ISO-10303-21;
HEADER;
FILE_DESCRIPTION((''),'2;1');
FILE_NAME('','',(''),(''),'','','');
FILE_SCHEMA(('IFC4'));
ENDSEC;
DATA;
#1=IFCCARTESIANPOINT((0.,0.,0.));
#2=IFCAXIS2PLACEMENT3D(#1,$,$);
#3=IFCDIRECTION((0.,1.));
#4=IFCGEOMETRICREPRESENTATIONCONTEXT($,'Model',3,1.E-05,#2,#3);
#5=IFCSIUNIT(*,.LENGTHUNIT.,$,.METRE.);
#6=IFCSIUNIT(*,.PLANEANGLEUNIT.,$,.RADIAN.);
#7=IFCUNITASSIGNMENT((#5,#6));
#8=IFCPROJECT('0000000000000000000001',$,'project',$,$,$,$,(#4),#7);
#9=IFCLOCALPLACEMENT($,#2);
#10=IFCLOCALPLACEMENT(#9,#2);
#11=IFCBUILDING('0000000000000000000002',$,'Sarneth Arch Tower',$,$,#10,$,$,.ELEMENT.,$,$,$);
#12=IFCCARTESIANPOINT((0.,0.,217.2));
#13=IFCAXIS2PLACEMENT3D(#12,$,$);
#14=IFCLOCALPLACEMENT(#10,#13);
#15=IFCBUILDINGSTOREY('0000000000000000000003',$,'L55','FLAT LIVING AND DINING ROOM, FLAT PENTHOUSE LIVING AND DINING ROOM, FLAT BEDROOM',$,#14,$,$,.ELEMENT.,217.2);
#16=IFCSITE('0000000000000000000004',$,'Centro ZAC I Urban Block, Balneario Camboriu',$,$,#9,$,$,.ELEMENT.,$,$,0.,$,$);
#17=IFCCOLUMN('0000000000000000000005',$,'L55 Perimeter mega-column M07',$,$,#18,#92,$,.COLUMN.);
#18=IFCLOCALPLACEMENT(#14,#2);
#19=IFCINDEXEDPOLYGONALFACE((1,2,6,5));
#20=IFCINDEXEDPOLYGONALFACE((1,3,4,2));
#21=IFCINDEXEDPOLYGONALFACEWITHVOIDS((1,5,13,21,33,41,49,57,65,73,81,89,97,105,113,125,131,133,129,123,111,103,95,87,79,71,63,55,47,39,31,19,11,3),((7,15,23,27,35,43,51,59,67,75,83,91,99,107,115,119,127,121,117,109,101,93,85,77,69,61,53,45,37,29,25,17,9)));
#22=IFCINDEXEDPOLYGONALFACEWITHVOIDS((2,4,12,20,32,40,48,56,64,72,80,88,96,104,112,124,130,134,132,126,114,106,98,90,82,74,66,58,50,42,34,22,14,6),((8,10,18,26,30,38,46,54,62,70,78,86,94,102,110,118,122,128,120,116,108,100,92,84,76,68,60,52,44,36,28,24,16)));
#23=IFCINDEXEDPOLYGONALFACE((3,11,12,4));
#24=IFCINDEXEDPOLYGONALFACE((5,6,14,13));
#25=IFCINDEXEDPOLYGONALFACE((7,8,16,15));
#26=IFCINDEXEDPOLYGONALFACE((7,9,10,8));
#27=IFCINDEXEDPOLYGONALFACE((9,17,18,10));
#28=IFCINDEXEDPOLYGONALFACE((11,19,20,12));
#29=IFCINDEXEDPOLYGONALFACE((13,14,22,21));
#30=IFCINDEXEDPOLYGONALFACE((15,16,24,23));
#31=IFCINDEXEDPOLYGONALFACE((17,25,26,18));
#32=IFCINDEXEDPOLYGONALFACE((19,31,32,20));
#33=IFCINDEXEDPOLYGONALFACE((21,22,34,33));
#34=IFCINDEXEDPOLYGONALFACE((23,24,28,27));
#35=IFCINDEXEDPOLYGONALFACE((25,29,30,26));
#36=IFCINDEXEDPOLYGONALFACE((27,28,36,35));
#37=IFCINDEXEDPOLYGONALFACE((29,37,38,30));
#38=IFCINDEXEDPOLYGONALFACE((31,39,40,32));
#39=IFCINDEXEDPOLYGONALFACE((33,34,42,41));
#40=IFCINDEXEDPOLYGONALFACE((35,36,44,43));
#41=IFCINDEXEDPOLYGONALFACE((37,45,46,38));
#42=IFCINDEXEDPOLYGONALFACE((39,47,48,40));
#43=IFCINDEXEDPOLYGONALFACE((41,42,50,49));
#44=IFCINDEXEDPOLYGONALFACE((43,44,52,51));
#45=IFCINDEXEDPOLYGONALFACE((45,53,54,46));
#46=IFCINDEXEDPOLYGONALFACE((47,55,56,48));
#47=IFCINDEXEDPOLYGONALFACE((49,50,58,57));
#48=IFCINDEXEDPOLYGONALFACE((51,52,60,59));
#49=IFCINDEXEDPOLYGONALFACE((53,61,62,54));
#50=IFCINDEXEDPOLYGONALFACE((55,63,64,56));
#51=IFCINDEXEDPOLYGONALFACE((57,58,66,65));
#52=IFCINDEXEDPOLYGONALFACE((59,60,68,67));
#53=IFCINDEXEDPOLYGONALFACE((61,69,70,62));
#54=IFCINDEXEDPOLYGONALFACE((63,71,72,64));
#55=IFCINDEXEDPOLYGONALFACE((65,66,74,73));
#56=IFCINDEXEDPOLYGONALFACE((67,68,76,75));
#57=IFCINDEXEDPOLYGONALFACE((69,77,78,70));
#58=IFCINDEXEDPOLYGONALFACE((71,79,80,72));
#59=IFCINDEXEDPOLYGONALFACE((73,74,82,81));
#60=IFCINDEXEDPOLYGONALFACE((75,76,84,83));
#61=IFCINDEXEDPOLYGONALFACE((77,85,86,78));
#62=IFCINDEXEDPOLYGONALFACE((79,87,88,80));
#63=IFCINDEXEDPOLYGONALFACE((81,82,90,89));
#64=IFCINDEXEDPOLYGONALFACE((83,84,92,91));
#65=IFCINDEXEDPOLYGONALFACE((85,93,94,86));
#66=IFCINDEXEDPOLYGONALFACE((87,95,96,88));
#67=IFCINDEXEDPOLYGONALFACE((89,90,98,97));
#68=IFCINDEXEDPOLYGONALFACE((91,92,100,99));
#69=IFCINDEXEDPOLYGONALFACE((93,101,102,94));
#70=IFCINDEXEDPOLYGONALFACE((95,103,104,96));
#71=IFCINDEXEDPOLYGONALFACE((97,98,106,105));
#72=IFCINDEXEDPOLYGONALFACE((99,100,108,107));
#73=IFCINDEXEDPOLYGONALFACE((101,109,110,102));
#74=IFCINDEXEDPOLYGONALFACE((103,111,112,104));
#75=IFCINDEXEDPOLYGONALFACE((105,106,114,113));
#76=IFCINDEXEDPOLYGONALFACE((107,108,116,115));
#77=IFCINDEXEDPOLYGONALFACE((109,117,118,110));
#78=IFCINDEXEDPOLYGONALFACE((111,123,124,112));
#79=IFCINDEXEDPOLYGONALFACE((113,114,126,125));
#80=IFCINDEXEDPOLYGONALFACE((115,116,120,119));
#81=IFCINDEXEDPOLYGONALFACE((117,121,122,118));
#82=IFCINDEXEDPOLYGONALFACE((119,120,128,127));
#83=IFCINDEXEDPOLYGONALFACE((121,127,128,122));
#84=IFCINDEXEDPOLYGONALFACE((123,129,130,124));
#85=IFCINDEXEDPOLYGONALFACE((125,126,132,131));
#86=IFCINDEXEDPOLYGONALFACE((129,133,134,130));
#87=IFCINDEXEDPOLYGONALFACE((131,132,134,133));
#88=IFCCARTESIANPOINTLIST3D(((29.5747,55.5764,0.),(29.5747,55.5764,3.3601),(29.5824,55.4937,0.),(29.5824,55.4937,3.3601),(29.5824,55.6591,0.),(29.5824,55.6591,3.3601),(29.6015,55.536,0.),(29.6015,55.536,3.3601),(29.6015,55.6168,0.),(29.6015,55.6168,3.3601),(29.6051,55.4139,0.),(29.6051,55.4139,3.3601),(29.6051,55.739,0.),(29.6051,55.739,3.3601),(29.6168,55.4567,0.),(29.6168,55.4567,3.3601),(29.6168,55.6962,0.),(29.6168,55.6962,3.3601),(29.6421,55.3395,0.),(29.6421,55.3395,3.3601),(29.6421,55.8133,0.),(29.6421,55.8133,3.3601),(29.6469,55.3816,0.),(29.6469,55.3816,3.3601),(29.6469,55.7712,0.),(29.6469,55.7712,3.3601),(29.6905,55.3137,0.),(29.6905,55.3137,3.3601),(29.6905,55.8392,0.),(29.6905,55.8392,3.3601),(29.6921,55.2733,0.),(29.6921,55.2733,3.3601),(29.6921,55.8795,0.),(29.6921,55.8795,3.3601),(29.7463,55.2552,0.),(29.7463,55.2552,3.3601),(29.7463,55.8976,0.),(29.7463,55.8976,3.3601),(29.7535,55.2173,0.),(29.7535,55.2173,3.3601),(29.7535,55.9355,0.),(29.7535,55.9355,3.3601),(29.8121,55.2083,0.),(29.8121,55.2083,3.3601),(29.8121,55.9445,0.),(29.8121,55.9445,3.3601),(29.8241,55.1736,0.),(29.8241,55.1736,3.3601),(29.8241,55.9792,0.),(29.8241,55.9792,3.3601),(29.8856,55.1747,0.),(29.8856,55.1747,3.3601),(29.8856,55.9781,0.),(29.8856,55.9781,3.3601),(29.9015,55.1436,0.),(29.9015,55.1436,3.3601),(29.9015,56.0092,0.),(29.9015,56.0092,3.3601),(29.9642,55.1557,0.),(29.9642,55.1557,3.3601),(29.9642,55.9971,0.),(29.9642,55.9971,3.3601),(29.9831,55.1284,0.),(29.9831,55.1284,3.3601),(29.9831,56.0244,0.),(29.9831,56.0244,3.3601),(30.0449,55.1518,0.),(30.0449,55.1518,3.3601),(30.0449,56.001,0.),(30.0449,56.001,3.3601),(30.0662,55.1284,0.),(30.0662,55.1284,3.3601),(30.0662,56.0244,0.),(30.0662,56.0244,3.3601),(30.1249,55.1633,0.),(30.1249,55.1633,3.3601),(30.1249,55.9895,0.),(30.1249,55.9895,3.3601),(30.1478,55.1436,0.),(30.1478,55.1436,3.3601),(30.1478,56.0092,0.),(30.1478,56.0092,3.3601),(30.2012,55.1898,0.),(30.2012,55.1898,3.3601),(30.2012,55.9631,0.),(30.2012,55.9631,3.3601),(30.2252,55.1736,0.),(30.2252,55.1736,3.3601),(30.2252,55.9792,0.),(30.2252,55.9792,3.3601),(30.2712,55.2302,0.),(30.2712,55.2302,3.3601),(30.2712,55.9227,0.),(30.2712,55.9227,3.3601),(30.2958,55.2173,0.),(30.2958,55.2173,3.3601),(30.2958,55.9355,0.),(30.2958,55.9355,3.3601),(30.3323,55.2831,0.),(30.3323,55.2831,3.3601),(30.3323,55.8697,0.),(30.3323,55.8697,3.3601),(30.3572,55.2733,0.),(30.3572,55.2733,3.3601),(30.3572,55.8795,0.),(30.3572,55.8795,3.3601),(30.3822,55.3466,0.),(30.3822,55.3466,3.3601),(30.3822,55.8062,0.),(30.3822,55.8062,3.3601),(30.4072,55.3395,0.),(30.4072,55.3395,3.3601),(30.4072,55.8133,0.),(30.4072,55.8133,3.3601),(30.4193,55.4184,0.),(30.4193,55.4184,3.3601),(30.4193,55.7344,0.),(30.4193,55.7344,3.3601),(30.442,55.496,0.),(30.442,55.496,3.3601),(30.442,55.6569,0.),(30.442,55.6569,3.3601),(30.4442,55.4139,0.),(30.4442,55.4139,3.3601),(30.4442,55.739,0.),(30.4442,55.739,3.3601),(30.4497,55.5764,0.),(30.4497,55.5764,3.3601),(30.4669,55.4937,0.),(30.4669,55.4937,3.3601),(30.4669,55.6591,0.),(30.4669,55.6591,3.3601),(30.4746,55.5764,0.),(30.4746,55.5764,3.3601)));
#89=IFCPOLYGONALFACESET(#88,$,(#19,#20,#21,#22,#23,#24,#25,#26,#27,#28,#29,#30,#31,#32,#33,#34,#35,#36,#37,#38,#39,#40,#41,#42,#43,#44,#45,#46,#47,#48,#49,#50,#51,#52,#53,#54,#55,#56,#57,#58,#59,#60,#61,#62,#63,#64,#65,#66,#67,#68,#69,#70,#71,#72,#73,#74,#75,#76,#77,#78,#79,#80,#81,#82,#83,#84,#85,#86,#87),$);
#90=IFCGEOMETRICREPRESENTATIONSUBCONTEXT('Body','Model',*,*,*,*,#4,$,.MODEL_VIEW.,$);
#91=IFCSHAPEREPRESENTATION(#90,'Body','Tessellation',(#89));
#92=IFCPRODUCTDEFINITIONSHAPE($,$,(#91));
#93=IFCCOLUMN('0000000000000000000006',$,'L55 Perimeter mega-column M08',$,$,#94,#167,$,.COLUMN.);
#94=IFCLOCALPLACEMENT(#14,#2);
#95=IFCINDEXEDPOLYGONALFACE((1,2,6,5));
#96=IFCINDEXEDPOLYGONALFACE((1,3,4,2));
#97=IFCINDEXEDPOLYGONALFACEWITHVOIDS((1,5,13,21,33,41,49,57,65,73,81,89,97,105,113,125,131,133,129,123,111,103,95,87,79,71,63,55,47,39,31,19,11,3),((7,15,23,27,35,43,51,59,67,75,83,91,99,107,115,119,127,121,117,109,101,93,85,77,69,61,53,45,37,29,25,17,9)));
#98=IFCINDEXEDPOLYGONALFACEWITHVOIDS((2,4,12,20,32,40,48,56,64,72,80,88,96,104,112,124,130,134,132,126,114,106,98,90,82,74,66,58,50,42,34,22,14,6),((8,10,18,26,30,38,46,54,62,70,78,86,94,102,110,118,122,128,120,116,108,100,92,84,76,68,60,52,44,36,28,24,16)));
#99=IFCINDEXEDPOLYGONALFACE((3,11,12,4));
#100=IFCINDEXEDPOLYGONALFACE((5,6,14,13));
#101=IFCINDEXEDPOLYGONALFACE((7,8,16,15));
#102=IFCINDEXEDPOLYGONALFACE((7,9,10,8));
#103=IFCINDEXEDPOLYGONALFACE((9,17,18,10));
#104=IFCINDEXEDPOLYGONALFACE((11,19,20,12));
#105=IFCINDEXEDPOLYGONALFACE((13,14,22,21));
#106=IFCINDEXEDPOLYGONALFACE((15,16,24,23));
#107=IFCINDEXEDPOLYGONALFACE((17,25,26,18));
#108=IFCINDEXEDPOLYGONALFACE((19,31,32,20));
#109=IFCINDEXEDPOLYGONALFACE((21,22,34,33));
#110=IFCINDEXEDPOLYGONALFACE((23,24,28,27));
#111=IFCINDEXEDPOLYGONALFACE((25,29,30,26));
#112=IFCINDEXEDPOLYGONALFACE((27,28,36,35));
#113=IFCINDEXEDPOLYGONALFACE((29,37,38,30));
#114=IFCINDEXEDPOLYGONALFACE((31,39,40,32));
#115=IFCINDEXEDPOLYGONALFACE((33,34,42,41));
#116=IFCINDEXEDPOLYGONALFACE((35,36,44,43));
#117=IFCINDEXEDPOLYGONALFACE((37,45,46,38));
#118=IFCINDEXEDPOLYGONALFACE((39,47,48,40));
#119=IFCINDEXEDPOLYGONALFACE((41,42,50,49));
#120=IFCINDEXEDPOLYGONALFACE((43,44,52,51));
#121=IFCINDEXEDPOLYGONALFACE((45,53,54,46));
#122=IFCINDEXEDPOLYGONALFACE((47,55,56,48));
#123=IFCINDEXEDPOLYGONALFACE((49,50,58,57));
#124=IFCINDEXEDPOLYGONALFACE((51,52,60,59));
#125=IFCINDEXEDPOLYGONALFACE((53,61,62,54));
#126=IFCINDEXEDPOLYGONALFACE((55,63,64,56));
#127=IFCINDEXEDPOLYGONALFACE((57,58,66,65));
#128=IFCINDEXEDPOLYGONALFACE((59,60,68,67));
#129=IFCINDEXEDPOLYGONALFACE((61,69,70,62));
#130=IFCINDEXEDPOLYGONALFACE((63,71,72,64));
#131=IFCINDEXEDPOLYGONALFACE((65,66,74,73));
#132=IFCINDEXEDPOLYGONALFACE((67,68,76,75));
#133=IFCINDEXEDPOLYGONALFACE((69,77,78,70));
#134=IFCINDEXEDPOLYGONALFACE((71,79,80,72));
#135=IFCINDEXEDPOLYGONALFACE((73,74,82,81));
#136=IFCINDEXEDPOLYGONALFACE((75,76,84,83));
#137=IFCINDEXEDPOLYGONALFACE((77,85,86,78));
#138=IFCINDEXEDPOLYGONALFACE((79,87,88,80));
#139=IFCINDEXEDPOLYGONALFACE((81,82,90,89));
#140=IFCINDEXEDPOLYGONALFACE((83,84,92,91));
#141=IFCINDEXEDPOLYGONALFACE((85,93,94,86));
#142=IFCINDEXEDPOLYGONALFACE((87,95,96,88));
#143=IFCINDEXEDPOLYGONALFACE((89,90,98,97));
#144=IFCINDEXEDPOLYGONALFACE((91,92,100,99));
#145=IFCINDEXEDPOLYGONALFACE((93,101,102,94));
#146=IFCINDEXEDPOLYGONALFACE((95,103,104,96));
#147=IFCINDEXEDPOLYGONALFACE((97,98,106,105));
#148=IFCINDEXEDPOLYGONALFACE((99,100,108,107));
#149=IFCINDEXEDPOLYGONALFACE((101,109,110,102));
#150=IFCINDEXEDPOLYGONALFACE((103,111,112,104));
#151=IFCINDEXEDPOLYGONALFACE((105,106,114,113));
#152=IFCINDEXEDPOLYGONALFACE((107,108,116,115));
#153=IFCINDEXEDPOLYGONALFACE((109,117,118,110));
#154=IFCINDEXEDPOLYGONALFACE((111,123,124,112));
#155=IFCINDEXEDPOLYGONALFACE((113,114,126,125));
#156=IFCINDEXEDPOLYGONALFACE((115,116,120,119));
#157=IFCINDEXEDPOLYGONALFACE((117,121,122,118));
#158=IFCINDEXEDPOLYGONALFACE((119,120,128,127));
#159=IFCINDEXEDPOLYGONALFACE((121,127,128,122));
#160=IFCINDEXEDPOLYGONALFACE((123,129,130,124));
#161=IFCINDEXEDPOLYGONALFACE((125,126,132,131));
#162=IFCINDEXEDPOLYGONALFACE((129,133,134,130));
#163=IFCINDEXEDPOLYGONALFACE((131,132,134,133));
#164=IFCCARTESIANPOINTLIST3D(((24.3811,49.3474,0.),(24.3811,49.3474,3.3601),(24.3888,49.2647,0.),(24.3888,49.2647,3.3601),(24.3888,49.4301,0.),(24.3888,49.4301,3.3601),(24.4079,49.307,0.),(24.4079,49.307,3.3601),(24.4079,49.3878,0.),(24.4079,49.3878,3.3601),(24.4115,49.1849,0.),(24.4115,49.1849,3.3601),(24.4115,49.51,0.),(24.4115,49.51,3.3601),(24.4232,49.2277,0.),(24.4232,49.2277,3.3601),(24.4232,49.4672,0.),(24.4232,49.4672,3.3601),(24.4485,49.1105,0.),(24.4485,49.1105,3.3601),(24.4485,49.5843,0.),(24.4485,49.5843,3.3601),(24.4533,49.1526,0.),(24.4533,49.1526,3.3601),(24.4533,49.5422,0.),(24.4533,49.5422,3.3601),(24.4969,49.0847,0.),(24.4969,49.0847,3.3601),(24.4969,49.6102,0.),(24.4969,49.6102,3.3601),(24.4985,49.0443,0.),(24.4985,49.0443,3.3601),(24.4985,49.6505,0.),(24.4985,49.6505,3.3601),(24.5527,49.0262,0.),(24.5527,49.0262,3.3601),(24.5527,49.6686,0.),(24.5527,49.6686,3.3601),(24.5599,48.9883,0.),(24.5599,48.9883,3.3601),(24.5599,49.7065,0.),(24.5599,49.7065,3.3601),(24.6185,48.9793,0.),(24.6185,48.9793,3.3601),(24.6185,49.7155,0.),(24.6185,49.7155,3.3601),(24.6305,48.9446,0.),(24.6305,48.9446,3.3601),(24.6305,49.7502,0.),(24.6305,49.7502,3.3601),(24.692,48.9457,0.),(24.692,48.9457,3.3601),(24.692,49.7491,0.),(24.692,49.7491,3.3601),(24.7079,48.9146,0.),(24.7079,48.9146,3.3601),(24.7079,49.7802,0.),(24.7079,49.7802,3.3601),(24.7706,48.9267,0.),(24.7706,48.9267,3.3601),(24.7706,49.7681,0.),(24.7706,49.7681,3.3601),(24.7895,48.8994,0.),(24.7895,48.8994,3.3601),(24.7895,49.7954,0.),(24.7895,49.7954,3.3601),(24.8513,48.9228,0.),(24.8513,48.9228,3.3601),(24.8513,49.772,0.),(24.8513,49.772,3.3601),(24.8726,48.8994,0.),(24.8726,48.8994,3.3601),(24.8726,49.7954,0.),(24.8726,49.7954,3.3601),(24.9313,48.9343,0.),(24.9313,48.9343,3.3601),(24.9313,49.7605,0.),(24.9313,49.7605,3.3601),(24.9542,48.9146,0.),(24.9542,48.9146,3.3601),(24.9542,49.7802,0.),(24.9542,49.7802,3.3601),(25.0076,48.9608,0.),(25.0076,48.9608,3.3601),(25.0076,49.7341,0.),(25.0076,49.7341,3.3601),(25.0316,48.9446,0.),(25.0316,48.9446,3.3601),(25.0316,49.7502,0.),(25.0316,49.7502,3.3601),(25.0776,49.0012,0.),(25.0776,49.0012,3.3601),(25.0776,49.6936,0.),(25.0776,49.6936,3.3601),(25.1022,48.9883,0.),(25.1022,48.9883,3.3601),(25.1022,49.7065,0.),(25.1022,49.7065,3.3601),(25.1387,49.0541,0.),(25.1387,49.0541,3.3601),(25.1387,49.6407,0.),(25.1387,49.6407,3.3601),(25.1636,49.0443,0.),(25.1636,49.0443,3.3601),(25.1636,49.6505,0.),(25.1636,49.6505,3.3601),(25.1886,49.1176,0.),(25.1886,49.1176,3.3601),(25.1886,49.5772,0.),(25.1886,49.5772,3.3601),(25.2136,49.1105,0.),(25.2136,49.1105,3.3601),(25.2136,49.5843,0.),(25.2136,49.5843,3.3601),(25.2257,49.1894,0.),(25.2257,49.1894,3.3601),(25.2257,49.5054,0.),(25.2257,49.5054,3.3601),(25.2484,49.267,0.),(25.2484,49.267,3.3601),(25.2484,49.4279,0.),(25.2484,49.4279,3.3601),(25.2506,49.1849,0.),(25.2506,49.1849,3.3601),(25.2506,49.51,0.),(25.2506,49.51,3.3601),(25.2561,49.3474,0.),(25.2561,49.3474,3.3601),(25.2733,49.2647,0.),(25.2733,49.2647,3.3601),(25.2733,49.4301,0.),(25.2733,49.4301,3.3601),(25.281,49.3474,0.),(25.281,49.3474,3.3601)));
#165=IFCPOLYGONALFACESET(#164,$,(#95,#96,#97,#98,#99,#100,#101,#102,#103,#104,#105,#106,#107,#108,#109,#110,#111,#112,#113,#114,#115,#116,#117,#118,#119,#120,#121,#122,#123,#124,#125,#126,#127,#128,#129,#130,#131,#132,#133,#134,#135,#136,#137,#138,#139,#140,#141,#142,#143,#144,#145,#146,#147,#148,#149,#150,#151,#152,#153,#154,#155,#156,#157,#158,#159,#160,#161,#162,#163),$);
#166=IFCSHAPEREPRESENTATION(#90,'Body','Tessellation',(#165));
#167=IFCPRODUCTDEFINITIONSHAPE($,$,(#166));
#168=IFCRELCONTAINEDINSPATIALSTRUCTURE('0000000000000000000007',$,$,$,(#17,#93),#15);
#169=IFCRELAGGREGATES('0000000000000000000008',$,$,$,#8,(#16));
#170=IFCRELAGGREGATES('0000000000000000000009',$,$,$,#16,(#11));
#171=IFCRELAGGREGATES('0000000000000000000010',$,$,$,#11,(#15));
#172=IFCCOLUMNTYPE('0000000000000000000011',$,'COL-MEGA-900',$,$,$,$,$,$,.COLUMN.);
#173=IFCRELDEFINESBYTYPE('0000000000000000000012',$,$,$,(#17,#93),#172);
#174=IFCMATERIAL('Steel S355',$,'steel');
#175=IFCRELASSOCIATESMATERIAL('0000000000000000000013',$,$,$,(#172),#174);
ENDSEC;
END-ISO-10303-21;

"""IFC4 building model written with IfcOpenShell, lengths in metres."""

from ifc_helpers import new_model, si_unit, direction, frame, origin, origin_2d, place, context, subcontext, project, spatial, hollow_circle, extrude, material, material_profile, profile_set, type_object, element, save


model = new_model("IFC4")

# Units and contexts
model_context = context("Model", 3, precision=1e-05, world=origin(), true_north=direction((0.0, 1.0)))
body_context = subcontext(model_context, "Body", "Model", "MODEL_VIEW")
ifc_project = project(units=[si_unit("LENGTHUNIT", "METRE"), si_unit("PLANEANGLEUNIT", "RADIAN")], contexts=[model_context])

# Site, building, storey
site_placement = place(None, origin())
site = spatial("IfcSite", under=ifc_project, at=site_placement, Name="Centro ZAC I Urban Block, Balneario Camboriu", CompositionType="ELEMENT", RefElevation=0.0)
building_placement = place(site_placement, origin())
building = spatial("IfcBuilding", under=site, at=building_placement, Name="Sarneth Arch Tower", CompositionType="ELEMENT")
storey_placement = place(building_placement, frame((0.0, 0.0, 217.2)))
storey = spatial("IfcBuildingStorey", under=building, at=storey_placement, Name="L55", Description="FLAT LIVING AND DINING ROOM, FLAT PENTHOUSE LIVING AND DINING ROOM, FLAT BEDROOM", CompositionType="ELEMENT", Elevation=217.2)

# Columns
ifc_material_1 = material(Name="Steel S355", Category="steel")
ifc_material_profile_1 = material_profile(ifc_material_1, hollow_circle(Radius=0.45, WallThickness=0.0249, at=origin_2d()), Name="CHS900x25")
ifc_profile_set_1 = profile_set([ifc_material_profile_1], Name="Steel S355")
column_type = type_object("IfcColumnType", Name="COL-MEGA-900", PredefinedType="COLUMN", material=ifc_profile_set_1)
for number, where, z_axis, x_axis, name in (
    (1, (30.0247, 55.5764, 0.0), (0.0, 0.0, 1.0), (1.0, 0.0, 0.0), "L55 Perimeter mega-column M07"),
    (2, (24.8311, 49.3474, 0.0), (0.0, 0.0, 1.0), (1.0, 0.0, 0.0), "L55 Perimeter mega-column M08"),
):
    element("IfcColumn", number, at=place(storey_placement, frame(where, z_axis=z_axis, x_axis=x_axis)), inside=storey, type_object=column_type, Name=name, PredefinedType="COLUMN", context=body_context, shape_type="SweptSolid", body=[
        extrude(hollow_circle(Radius=0.45, WallThickness=0.0249, at=origin_2d()), origin(), (0.0, 0.0, 1.0), 3.3601),
    ])

save(model, "model.ifc")
